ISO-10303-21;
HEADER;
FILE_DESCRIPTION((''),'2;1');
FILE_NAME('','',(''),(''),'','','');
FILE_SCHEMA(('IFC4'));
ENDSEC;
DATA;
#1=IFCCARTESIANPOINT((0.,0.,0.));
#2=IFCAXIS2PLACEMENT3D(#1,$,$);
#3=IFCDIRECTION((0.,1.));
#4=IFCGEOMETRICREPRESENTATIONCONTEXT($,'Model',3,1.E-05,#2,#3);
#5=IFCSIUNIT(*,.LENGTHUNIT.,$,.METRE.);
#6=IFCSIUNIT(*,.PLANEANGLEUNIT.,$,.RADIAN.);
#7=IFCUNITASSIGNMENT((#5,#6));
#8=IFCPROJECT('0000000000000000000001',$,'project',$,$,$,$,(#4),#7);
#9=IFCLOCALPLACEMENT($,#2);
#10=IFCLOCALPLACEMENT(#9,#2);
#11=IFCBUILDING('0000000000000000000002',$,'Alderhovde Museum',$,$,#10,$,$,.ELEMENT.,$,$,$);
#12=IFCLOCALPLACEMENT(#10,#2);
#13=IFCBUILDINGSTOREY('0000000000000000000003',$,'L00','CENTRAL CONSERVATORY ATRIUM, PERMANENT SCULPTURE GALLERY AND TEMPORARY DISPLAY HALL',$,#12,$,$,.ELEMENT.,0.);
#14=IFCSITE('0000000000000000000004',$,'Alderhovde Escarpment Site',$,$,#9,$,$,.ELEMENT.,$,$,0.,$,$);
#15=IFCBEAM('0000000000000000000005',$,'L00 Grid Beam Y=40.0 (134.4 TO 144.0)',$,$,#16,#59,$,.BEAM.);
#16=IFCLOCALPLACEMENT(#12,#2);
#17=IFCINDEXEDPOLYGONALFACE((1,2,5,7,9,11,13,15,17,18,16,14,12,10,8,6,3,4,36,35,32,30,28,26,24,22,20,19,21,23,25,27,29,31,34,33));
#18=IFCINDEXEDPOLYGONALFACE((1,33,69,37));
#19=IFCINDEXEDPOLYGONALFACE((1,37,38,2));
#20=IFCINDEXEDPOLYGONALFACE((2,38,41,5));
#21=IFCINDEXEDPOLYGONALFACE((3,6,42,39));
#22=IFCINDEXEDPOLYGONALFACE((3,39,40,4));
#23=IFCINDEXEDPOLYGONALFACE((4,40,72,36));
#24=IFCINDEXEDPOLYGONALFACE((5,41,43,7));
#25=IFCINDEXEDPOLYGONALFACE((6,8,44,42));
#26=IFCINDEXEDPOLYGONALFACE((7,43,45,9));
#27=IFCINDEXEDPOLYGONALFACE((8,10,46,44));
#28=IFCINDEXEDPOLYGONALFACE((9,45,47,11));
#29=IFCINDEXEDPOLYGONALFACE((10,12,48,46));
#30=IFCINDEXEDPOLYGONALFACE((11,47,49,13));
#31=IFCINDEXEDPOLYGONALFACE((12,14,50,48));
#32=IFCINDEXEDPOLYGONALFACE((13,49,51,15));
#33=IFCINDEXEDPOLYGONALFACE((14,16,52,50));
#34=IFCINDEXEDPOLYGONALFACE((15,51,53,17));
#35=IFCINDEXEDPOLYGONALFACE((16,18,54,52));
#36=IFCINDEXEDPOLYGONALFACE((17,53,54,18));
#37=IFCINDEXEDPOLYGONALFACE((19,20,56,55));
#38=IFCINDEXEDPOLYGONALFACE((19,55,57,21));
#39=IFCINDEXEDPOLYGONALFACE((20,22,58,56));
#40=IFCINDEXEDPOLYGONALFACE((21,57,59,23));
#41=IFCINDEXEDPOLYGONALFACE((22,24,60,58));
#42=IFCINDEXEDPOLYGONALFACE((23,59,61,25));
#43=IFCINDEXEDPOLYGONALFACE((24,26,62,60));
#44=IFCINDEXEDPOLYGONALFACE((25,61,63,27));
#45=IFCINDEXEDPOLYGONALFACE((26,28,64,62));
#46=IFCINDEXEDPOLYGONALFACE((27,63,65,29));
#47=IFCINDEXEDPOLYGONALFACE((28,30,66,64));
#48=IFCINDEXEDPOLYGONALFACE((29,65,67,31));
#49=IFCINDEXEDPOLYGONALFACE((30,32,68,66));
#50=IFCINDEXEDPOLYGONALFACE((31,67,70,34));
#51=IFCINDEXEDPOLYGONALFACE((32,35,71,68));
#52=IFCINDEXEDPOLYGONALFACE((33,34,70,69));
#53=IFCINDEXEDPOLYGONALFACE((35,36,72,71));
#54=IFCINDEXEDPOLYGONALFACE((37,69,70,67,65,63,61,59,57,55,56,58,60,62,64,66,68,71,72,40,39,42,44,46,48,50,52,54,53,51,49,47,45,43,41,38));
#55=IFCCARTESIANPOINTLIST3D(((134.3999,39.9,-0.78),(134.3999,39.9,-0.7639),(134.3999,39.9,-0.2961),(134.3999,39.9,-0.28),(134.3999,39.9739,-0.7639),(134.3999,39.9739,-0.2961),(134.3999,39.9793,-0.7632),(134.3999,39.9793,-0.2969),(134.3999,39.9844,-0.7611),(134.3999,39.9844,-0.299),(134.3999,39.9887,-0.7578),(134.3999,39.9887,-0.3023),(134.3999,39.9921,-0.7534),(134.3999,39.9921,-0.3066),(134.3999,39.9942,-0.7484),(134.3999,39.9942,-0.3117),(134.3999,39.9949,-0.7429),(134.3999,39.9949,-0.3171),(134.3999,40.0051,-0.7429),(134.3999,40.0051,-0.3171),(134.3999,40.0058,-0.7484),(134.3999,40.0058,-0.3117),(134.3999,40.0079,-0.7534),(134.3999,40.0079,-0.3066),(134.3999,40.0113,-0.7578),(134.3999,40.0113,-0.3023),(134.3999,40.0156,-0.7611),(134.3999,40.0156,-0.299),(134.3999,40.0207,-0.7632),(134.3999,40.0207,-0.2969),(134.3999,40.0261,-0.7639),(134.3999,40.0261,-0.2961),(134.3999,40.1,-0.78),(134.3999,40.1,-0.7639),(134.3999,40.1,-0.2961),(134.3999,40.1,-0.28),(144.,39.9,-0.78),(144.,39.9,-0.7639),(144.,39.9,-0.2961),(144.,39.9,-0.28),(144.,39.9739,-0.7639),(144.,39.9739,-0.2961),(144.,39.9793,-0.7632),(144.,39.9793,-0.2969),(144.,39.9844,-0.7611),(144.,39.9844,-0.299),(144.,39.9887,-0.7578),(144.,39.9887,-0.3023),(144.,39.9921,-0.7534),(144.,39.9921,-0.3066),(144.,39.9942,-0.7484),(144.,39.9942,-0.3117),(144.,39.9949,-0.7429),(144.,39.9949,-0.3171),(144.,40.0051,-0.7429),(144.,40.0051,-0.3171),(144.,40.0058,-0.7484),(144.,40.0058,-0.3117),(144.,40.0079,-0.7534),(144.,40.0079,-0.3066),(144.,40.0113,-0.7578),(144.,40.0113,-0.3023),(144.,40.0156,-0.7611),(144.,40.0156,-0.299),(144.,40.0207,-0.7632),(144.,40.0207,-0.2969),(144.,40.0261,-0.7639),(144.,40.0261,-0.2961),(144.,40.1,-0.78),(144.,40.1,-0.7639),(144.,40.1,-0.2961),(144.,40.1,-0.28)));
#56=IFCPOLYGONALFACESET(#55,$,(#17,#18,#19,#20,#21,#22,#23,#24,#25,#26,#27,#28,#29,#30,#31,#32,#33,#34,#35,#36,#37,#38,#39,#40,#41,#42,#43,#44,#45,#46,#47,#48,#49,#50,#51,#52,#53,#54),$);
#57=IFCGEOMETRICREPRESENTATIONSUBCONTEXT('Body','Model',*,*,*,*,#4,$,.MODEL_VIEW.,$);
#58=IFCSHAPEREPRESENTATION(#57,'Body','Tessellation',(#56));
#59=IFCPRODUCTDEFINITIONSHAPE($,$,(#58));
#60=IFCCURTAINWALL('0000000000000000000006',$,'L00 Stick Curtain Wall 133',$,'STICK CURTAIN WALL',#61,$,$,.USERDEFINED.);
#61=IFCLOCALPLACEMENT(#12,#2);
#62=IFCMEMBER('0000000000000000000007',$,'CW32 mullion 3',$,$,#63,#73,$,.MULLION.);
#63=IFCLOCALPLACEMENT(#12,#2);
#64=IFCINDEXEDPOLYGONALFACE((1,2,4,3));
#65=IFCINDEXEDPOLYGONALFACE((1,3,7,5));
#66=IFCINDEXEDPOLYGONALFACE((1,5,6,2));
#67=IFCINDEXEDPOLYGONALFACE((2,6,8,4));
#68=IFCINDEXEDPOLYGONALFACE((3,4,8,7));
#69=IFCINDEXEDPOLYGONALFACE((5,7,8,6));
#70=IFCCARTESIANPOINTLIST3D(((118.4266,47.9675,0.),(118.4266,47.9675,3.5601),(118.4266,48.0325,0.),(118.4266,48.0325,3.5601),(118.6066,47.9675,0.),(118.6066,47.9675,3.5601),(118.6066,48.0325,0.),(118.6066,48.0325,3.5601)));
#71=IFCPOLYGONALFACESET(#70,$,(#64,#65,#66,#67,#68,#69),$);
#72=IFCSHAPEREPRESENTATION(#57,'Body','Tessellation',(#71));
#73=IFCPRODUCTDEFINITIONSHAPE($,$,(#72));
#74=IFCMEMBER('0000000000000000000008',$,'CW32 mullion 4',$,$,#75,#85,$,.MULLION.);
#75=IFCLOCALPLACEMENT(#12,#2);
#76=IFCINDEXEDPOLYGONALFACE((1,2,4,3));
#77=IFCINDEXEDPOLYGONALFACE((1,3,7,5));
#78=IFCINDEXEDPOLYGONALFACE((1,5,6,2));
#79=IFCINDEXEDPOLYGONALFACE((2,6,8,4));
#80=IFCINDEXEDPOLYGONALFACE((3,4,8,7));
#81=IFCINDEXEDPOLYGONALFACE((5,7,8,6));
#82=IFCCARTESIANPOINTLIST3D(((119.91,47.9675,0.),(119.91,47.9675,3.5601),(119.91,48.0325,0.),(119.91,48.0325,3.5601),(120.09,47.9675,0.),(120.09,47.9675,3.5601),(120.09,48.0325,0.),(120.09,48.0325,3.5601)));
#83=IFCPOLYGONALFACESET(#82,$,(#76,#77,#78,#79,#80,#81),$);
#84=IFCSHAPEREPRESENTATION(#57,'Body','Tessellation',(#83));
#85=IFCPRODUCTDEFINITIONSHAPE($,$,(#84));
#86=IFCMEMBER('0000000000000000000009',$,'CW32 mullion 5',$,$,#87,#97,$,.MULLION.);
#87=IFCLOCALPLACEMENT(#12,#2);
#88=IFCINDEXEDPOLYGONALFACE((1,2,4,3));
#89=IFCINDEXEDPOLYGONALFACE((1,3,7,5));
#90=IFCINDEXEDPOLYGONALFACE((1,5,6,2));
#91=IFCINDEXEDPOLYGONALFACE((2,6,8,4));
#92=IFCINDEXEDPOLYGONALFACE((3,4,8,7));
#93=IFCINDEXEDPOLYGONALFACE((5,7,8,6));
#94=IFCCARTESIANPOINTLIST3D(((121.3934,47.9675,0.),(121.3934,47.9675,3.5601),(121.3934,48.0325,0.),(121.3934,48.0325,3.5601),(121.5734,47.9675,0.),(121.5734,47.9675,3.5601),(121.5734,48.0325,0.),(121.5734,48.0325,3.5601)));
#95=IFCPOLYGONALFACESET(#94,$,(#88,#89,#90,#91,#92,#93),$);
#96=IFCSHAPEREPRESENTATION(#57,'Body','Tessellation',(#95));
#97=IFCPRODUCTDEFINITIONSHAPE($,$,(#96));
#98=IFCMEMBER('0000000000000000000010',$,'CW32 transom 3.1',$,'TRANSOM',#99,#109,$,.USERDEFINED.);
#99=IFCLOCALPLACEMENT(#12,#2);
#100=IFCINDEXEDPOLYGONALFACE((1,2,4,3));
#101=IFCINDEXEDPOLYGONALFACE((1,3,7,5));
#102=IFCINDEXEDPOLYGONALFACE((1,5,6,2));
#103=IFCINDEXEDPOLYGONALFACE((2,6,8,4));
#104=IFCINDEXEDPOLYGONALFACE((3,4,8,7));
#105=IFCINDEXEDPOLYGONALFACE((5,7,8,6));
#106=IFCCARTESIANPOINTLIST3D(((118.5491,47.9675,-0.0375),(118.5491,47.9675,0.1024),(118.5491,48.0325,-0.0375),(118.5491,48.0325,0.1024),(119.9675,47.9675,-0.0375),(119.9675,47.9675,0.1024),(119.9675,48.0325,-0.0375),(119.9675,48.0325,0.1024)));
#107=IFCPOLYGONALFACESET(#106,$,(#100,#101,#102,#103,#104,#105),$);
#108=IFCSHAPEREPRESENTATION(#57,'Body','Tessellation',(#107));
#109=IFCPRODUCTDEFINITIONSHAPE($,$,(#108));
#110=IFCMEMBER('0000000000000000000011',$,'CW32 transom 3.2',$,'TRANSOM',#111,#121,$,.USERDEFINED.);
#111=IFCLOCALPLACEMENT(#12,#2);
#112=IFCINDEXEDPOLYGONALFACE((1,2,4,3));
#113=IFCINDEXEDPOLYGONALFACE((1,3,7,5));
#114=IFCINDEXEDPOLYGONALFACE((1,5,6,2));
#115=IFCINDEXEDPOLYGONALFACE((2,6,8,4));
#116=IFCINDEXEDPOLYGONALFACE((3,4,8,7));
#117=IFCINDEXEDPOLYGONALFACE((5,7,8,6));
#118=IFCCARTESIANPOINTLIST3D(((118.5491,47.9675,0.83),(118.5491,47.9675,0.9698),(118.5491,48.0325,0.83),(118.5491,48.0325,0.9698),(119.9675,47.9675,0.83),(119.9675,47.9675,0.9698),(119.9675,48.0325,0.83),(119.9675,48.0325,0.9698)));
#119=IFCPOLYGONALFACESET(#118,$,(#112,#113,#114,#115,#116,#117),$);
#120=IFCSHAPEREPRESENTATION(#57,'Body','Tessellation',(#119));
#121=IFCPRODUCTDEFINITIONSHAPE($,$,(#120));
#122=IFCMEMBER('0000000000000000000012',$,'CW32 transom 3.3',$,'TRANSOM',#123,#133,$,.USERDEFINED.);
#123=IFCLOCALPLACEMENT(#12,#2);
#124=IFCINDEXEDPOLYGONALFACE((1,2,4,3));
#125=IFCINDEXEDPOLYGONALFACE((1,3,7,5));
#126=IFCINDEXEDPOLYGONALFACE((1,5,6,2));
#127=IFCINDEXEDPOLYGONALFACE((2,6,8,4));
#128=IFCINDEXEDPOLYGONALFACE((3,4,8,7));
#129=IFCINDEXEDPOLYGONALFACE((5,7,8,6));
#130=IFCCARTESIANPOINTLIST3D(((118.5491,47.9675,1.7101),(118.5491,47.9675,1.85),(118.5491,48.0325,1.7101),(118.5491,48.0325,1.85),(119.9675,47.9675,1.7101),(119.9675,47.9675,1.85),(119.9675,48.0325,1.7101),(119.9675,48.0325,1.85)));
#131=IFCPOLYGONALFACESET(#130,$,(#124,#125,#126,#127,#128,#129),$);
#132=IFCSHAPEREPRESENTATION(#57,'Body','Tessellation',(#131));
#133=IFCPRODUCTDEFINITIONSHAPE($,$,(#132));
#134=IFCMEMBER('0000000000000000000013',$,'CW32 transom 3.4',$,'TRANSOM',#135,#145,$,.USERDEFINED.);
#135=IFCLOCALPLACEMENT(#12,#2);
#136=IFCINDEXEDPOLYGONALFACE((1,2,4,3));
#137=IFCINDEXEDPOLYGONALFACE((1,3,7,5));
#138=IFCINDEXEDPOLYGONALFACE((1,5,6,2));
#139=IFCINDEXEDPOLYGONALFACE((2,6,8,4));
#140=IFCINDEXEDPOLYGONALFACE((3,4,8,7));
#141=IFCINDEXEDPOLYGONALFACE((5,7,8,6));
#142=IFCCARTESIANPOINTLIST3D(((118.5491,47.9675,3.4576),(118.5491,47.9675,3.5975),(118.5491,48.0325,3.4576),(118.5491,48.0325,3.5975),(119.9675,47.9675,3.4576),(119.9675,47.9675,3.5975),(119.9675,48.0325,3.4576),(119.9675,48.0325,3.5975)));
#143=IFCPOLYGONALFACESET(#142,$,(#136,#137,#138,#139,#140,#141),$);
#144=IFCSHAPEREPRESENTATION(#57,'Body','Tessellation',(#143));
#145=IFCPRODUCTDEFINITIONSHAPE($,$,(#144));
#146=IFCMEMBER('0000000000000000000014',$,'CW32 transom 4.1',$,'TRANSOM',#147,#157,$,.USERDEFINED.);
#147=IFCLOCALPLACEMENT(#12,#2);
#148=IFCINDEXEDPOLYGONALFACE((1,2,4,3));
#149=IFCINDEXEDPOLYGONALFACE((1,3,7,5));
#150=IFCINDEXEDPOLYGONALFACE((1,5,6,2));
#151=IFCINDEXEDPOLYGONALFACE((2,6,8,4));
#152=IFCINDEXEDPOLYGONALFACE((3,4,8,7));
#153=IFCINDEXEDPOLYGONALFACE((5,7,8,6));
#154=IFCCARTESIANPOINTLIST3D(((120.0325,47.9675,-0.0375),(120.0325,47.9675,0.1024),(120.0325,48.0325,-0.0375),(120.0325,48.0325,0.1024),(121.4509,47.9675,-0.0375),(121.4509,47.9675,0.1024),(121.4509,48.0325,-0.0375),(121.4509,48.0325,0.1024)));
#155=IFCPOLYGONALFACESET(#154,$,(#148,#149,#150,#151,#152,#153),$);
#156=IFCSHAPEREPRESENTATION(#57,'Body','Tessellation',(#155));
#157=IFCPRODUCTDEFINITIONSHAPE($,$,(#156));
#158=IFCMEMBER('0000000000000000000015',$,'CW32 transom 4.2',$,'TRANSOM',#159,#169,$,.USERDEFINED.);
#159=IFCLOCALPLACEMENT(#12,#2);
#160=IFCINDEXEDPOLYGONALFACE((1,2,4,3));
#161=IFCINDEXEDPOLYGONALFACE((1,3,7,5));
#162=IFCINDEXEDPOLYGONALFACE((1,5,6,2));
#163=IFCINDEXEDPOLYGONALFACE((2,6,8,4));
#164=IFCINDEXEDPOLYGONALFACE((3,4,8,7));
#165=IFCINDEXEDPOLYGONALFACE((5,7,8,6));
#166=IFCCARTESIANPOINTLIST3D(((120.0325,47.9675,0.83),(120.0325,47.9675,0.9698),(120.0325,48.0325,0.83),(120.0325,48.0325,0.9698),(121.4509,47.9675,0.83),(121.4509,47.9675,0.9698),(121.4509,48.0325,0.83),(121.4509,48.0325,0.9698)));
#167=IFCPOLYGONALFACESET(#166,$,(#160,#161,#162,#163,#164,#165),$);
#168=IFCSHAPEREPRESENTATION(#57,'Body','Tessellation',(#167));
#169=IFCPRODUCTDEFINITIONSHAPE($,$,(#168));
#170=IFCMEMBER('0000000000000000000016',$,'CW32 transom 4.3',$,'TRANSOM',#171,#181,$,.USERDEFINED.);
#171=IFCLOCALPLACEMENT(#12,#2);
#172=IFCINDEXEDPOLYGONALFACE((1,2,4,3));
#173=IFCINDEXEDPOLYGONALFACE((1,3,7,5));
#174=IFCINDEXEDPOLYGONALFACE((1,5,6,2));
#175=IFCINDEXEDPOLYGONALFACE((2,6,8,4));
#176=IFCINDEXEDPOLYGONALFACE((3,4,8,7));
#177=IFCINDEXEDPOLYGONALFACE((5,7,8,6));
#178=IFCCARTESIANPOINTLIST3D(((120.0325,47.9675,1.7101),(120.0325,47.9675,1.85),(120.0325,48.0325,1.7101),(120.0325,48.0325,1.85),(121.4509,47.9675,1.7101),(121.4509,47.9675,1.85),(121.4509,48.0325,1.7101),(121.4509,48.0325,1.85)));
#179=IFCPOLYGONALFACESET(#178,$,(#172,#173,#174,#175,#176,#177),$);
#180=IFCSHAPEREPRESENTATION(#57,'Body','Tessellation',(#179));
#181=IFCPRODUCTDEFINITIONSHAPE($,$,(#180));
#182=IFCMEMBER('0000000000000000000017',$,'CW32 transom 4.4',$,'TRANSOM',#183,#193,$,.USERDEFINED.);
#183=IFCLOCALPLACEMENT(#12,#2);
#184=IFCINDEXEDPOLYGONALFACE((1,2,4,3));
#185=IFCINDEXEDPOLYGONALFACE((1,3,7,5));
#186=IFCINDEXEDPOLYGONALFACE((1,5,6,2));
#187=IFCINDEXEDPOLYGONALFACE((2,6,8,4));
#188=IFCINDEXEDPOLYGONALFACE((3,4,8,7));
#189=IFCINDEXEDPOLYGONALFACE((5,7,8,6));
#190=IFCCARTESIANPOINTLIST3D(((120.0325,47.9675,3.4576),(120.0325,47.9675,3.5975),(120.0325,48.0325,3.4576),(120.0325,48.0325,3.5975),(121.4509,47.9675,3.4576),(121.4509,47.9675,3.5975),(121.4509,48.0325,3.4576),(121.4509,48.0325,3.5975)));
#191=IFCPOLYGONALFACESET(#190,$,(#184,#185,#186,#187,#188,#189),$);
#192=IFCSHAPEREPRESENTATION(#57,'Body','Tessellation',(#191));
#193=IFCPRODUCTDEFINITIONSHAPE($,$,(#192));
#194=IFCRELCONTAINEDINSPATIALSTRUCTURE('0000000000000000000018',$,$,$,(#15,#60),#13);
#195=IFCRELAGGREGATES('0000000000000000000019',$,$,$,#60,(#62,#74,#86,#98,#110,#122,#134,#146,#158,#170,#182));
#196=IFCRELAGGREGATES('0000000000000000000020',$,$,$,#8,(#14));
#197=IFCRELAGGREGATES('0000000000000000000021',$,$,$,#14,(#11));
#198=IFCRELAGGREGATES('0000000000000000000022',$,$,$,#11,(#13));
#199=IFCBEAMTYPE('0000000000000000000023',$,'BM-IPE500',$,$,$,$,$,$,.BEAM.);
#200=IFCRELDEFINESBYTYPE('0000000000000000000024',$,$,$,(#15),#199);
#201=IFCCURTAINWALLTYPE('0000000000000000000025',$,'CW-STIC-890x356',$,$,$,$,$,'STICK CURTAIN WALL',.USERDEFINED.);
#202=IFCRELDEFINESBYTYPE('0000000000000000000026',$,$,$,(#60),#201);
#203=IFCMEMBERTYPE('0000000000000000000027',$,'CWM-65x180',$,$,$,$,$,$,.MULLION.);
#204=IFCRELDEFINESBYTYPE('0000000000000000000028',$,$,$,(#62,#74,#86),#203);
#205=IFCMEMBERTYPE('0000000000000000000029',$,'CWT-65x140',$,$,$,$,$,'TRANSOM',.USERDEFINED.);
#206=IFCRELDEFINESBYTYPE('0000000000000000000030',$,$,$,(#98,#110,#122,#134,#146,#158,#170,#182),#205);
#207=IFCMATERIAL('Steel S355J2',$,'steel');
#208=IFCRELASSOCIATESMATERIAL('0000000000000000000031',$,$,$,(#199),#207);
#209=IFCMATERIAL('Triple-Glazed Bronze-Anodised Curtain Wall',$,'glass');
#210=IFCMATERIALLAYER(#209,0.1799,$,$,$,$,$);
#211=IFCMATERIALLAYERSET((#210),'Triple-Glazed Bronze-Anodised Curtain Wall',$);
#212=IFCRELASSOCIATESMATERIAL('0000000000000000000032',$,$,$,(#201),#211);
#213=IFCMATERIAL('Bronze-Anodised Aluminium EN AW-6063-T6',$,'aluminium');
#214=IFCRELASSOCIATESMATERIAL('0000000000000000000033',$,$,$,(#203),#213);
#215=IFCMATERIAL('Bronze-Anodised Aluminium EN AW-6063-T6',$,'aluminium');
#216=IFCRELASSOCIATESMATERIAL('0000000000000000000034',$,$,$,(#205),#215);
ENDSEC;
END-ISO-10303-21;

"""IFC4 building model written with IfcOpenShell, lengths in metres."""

from ifc_helpers import new_model, si_unit, direction, frame, origin, origin_2d, place, context, subcontext, project, spatial, rectangle, i_section, extrude, material, layer, layer_set, material_profile, profile_set, type_object, element, aggregate, save


model = new_model("IFC4")

# Units and contexts
model_context = context("Model", 3, precision=1e-05, world=origin(), true_north=direction((0.0, 1.0)))
body_context = subcontext(model_context, "Body", "Model", "MODEL_VIEW")
ifc_project = project(units=[si_unit("LENGTHUNIT", "METRE"), si_unit("PLANEANGLEUNIT", "RADIAN")], contexts=[model_context])

# Site, building, storey
site_placement = place(None, origin())
site = spatial("IfcSite", under=ifc_project, at=site_placement, Name="Alderhovde Escarpment Site", CompositionType="ELEMENT", RefElevation=0.0)
building_placement = place(site_placement, origin())
building = spatial("IfcBuilding", under=site, at=building_placement, Name="Alderhovde Museum", CompositionType="ELEMENT")
storey_placement = place(building_placement, origin())
storey = spatial("IfcBuildingStorey", under=building, at=storey_placement, Name="L00", Description="CENTRAL CONSERVATORY ATRIUM, PERMANENT SCULPTURE GALLERY AND TEMPORARY DISPLAY HALL", CompositionType="ELEMENT", Elevation=0.0)

# Beam
ifc_material_1 = material(Name="Steel S355J2", Category="steel")
ifc_material_profile_1 = material_profile(ifc_material_1, i_section(OverallWidth=0.2, OverallDepth=0.5, WebThickness=0.0103, FlangeThickness=0.0161, FilletRadius=0.021, at=origin_2d()), Name="IPE 500")
ifc_profile_set_1 = profile_set([ifc_material_profile_1], Name="Steel S355J2")
beam_type_1 = type_object("IfcBeamType", Name="BM-IPE500", PredefinedType="BEAM", material=ifc_profile_set_1)
beam_1_placement = place(storey_placement, frame((134.3999, 40.0, -0.53), z_axis=(1.0, 0.0, 0.0), x_axis=(0.0, 1.0, 0.0)))
element("IfcBeam", 1, at=beam_1_placement, inside=storey, type_object=beam_type_1, Name="L00 Grid Beam Y=40.0 (134.4 TO 144.0)", PredefinedType="BEAM", context=body_context, shape_type="SweptSolid", body=[
    extrude(i_section(OverallWidth=0.2, OverallDepth=0.5, WebThickness=0.0103, FlangeThickness=0.0161, FilletRadius=0.021, at=origin_2d()), origin(), (0.0, 0.0, 1.0), 9.6001),
])

# Curtain wall, members
ifc_material_2 = material(Name="Triple-Glazed Bronze-Anodised Curtain Wall", Category="glass")
ifc_layer_1 = layer(ifc_material_2, 0.1799)
ifc_layer_set_1 = layer_set([ifc_layer_1], Name="Triple-Glazed Bronze-Anodised Curtain Wall")
curtain_wall_type = type_object("IfcCurtainWallType", Name="CW-STIC-890x356", ElementType="STICK CURTAIN WALL", PredefinedType="USERDEFINED", material=ifc_layer_set_1)
curtain_wall_placement = place(storey_placement, origin())
curtain_wall = element("IfcCurtainWall", 2, at=curtain_wall_placement, inside=storey, type_object=curtain_wall_type, Name="L00 Stick Curtain Wall 133", ObjectType="STICK CURTAIN WALL", PredefinedType="USERDEFINED")
ifc_material_3 = material(Name="Bronze-Anodised Aluminium EN AW-6063-T6", Category="aluminium")
ifc_material_profile_2 = material_profile(ifc_material_3, rectangle(XDim=0.0649, YDim=0.1799, at=origin_2d()), Name="MULLION 65x180")
ifc_profile_set_2 = profile_set([ifc_material_profile_2], Name="Bronze-Anodised Aluminium EN AW-6063-T6")
member_type_1 = type_object("IfcMemberType", Name="CWM-65x180", PredefinedType="MULLION", material=ifc_profile_set_2)
member_1_placement = place(storey_placement, frame((118.5166, 48.0, 0.0), z_axis=(0.0, 0.0, 1.0), x_axis=(0.0, 1.0, 0.0)))
member_1 = element("IfcMember", 3, at=member_1_placement, type_object=member_type_1, Name="CW32 mullion 3", PredefinedType="MULLION", context=body_context, shape_type="SweptSolid", body=[
    extrude(rectangle(XDim=0.0649, YDim=0.1799, at=origin_2d()), origin(), (0.0, 0.0, 1.0), 3.5601),
])
member_2_placement = place(storey_placement, frame((120.0, 48.0, 0.0), z_axis=(0.0, 0.0, 1.0), x_axis=(0.0, 1.0, 0.0)))
member_2 = element("IfcMember", 4, at=member_2_placement, type_object=member_type_1, Name="CW32 mullion 4", PredefinedType="MULLION", context=body_context, shape_type="SweptSolid", body=[
    extrude(rectangle(XDim=0.0649, YDim=0.1799, at=origin_2d()), origin(), (0.0, 0.0, 1.0), 3.5601),
])
member_3_placement = place(storey_placement, frame((121.4834, 48.0, 0.0), z_axis=(0.0, 0.0, 1.0), x_axis=(0.0, 1.0, 0.0)))
member_3 = element("IfcMember", 5, at=member_3_placement, type_object=member_type_1, Name="CW32 mullion 5", PredefinedType="MULLION", context=body_context, shape_type="SweptSolid", body=[
    extrude(rectangle(XDim=0.0649, YDim=0.1799, at=origin_2d()), origin(), (0.0, 0.0, 1.0), 3.5601),
])
ifc_material_4 = material(Name="Bronze-Anodised Aluminium EN AW-6063-T6", Category="aluminium")
ifc_material_profile_3 = material_profile(ifc_material_4, rectangle(XDim=0.0649, YDim=0.1399, at=origin_2d()), Name="TRANSOM 65x140")
ifc_profile_set_3 = profile_set([ifc_material_profile_3], Name="Bronze-Anodised Aluminium EN AW-6063-T6")
member_type_2 = type_object("IfcMemberType", Name="CWT-65x140", ElementType="TRANSOM", PredefinedType="USERDEFINED", material=ifc_profile_set_3)
member_4_placement = place(storey_placement, frame((118.5491, 48.0, 0.0325), z_axis=(1.0, 0.0, 0.0), x_axis=(0.0, 1.0, 0.0)))
member_4 = element("IfcMember", 6, at=member_4_placement, type_object=member_type_2, Name="CW32 transom 3.1", ObjectType="TRANSOM", PredefinedType="USERDEFINED", context=body_context, shape_type="SweptSolid", body=[
    extrude(rectangle(XDim=0.0649, YDim=0.1399, at=origin_2d()), origin(), (0.0, 0.0, 1.0), 1.4185),
])
member_5_placement = place(storey_placement, frame((118.5491, 48.0, 0.8999), z_axis=(1.0, 0.0, 0.0), x_axis=(0.0, 1.0, 0.0)))
member_5 = element("IfcMember", 7, at=member_5_placement, type_object=member_type_2, Name="CW32 transom 3.2", ObjectType="TRANSOM", PredefinedType="USERDEFINED", context=body_context, shape_type="SweptSolid", body=[
    extrude(rectangle(XDim=0.0649, YDim=0.1399, at=origin_2d()), origin(), (0.0, 0.0, 1.0), 1.4185),
])
member_6_placement = place(storey_placement, frame((118.5491, 48.0, 1.78), z_axis=(1.0, 0.0, 0.0), x_axis=(0.0, 1.0, 0.0)))
member_6 = element("IfcMember", 8, at=member_6_placement, type_object=member_type_2, Name="CW32 transom 3.3", ObjectType="TRANSOM", PredefinedType="USERDEFINED", context=body_context, shape_type="SweptSolid", body=[
    extrude(rectangle(XDim=0.0649, YDim=0.1399, at=origin_2d()), origin(), (0.0, 0.0, 1.0), 1.4185),
])
member_7_placement = place(storey_placement, frame((118.5491, 48.0, 3.5276), z_axis=(1.0, 0.0, 0.0), x_axis=(0.0, 1.0, 0.0)))
member_7 = element("IfcMember", 9, at=member_7_placement, type_object=member_type_2, Name="CW32 transom 3.4", ObjectType="TRANSOM", PredefinedType="USERDEFINED", context=body_context, shape_type="SweptSolid", body=[
    extrude(rectangle(XDim=0.0649, YDim=0.1399, at=origin_2d()), origin(), (0.0, 0.0, 1.0), 1.4185),
])
member_8_placement = place(storey_placement, frame((120.0325, 48.0, 0.0325), z_axis=(1.0, 0.0, 0.0), x_axis=(0.0, 1.0, 0.0)))
member_8 = element("IfcMember", 10, at=member_8_placement, type_object=member_type_2, Name="CW32 transom 4.1", ObjectType="TRANSOM", PredefinedType="USERDEFINED", context=body_context, shape_type="SweptSolid", body=[
    extrude(rectangle(XDim=0.0649, YDim=0.1399, at=origin_2d()), origin(), (0.0, 0.0, 1.0), 1.4185),
])
member_9_placement = place(storey_placement, frame((120.0325, 48.0, 0.8999), z_axis=(1.0, 0.0, 0.0), x_axis=(0.0, 1.0, 0.0)))
member_9 = element("IfcMember", 11, at=member_9_placement, type_object=member_type_2, Name="CW32 transom 4.2", ObjectType="TRANSOM", PredefinedType="USERDEFINED", context=body_context, shape_type="SweptSolid", body=[
    extrude(rectangle(XDim=0.0649, YDim=0.1399, at=origin_2d()), origin(), (0.0, 0.0, 1.0), 1.4185),
])
member_10_placement = place(storey_placement, frame((120.0325, 48.0, 1.78), z_axis=(1.0, 0.0, 0.0), x_axis=(0.0, 1.0, 0.0)))
member_10 = element("IfcMember", 12, at=member_10_placement, type_object=member_type_2, Name="CW32 transom 4.3", ObjectType="TRANSOM", PredefinedType="USERDEFINED", context=body_context, shape_type="SweptSolid", body=[
    extrude(rectangle(XDim=0.0649, YDim=0.1399, at=origin_2d()), origin(), (0.0, 0.0, 1.0), 1.4185),
])
member_11_placement = place(storey_placement, frame((120.0325, 48.0, 3.5276), z_axis=(1.0, 0.0, 0.0), x_axis=(0.0, 1.0, 0.0)))
member_11 = element("IfcMember", 13, at=member_11_placement, type_object=member_type_2, Name="CW32 transom 4.4", ObjectType="TRANSOM", PredefinedType="USERDEFINED", context=body_context, shape_type="SweptSolid", body=[
    extrude(rectangle(XDim=0.0649, YDim=0.1399, at=origin_2d()), origin(), (0.0, 0.0, 1.0), 1.4185),
])

aggregate(curtain_wall, [member_1, member_2, member_3, member_4, member_5, member_6, member_7, member_8, member_9, member_10, member_11])

save(model, "model.ifc")
